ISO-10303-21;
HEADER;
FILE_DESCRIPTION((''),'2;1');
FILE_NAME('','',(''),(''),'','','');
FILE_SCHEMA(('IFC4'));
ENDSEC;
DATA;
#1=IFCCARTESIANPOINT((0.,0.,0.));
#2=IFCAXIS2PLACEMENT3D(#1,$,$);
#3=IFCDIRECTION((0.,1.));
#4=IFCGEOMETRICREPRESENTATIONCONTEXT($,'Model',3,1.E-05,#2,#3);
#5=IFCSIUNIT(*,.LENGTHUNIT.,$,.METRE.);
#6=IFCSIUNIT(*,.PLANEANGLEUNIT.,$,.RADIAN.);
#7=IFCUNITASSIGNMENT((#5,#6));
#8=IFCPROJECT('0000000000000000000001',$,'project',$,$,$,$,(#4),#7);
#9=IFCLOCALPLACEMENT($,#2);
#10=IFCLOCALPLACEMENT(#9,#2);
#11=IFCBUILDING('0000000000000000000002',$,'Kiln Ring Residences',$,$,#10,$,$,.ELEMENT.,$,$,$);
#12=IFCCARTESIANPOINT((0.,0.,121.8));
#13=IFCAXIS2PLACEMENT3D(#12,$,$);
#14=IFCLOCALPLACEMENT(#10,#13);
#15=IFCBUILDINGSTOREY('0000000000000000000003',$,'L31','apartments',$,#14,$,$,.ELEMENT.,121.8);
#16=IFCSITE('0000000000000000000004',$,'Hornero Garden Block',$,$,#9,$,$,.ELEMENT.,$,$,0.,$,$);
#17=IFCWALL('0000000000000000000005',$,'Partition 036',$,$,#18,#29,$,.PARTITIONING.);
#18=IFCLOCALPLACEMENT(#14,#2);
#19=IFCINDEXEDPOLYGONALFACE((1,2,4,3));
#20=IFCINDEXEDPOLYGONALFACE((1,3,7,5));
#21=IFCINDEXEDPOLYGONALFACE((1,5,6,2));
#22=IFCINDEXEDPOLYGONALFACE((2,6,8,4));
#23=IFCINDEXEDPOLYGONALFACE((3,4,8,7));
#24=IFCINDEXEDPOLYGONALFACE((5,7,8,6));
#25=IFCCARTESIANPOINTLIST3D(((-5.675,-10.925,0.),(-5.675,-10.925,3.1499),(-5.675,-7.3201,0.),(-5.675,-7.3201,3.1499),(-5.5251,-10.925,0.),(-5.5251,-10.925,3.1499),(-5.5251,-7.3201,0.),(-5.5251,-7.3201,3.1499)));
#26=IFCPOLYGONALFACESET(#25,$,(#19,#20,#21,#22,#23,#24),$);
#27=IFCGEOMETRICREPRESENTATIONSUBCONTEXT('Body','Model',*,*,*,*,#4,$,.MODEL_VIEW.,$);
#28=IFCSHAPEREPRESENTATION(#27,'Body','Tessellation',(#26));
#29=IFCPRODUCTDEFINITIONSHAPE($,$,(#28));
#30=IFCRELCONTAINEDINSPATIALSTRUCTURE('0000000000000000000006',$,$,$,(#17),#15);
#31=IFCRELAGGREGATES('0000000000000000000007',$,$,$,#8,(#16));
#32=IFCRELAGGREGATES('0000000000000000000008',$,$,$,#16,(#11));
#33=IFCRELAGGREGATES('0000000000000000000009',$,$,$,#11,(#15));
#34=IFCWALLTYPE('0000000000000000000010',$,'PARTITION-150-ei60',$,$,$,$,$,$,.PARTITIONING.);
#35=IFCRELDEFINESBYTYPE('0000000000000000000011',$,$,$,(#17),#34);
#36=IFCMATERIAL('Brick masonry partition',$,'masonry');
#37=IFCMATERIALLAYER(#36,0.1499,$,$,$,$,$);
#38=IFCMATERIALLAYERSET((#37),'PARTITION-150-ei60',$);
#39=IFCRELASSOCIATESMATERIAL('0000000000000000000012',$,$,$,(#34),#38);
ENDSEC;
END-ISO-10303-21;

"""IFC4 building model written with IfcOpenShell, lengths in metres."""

from ifc_helpers import new_model, si_unit, direction, frame, frame_2d, origin, place, context, subcontext, project, spatial, rectangle, extrude, material, layer, layer_set, type_object, element, save


model = new_model("IFC4")

# Units and contexts
model_context = context("Model", 3, precision=1e-05, world=origin(), true_north=direction((0.0, 1.0)))
body_context = subcontext(model_context, "Body", "Model", "MODEL_VIEW")
ifc_project = project(units=[si_unit("LENGTHUNIT", "METRE"), si_unit("PLANEANGLEUNIT", "RADIAN")], contexts=[model_context])

# Site, building, storey
site_placement = place(None, origin())
site = spatial("IfcSite", under=ifc_project, at=site_placement, Name="Hornero Garden Block", CompositionType="ELEMENT", RefElevation=0.0)
building_placement = place(site_placement, origin())
building = spatial("IfcBuilding", under=site, at=building_placement, Name="Kiln Ring Residences", CompositionType="ELEMENT")
storey_placement = place(building_placement, frame((0.0, 0.0, 121.8)))
storey = spatial("IfcBuildingStorey", under=building, at=storey_placement, Name="L31", Description="apartments", CompositionType="ELEMENT", Elevation=121.8)

# Wall
ifc_material_1 = material(Name="Brick masonry partition", Category="masonry")
ifc_layer_1 = layer(ifc_material_1, 0.1499)
ifc_layer_set_1 = layer_set([ifc_layer_1], Name="PARTITION-150-ei60")
wall_type_1 = type_object("IfcWallType", Name="PARTITION-150-ei60", PredefinedType="PARTITIONING", material=ifc_layer_set_1)
wall_1_placement = place(storey_placement, frame((-5.6001, -10.925, 0.0), z_axis=(0.0, 0.0, 1.0), x_axis=(0.0, 1.0, 0.0)))
element("IfcWall", 1, at=wall_1_placement, inside=storey, type_object=wall_type_1, Name="Partition 036", PredefinedType="PARTITIONING", context=body_context, shape_type="SweptSolid", body=[
    extrude(rectangle(XDim=3.605, YDim=0.1499, at=frame_2d((1.8025, 0.0))), origin(), (0.0, 0.0, 1.0), 3.1499),
])

save(model, "model.ifc")
